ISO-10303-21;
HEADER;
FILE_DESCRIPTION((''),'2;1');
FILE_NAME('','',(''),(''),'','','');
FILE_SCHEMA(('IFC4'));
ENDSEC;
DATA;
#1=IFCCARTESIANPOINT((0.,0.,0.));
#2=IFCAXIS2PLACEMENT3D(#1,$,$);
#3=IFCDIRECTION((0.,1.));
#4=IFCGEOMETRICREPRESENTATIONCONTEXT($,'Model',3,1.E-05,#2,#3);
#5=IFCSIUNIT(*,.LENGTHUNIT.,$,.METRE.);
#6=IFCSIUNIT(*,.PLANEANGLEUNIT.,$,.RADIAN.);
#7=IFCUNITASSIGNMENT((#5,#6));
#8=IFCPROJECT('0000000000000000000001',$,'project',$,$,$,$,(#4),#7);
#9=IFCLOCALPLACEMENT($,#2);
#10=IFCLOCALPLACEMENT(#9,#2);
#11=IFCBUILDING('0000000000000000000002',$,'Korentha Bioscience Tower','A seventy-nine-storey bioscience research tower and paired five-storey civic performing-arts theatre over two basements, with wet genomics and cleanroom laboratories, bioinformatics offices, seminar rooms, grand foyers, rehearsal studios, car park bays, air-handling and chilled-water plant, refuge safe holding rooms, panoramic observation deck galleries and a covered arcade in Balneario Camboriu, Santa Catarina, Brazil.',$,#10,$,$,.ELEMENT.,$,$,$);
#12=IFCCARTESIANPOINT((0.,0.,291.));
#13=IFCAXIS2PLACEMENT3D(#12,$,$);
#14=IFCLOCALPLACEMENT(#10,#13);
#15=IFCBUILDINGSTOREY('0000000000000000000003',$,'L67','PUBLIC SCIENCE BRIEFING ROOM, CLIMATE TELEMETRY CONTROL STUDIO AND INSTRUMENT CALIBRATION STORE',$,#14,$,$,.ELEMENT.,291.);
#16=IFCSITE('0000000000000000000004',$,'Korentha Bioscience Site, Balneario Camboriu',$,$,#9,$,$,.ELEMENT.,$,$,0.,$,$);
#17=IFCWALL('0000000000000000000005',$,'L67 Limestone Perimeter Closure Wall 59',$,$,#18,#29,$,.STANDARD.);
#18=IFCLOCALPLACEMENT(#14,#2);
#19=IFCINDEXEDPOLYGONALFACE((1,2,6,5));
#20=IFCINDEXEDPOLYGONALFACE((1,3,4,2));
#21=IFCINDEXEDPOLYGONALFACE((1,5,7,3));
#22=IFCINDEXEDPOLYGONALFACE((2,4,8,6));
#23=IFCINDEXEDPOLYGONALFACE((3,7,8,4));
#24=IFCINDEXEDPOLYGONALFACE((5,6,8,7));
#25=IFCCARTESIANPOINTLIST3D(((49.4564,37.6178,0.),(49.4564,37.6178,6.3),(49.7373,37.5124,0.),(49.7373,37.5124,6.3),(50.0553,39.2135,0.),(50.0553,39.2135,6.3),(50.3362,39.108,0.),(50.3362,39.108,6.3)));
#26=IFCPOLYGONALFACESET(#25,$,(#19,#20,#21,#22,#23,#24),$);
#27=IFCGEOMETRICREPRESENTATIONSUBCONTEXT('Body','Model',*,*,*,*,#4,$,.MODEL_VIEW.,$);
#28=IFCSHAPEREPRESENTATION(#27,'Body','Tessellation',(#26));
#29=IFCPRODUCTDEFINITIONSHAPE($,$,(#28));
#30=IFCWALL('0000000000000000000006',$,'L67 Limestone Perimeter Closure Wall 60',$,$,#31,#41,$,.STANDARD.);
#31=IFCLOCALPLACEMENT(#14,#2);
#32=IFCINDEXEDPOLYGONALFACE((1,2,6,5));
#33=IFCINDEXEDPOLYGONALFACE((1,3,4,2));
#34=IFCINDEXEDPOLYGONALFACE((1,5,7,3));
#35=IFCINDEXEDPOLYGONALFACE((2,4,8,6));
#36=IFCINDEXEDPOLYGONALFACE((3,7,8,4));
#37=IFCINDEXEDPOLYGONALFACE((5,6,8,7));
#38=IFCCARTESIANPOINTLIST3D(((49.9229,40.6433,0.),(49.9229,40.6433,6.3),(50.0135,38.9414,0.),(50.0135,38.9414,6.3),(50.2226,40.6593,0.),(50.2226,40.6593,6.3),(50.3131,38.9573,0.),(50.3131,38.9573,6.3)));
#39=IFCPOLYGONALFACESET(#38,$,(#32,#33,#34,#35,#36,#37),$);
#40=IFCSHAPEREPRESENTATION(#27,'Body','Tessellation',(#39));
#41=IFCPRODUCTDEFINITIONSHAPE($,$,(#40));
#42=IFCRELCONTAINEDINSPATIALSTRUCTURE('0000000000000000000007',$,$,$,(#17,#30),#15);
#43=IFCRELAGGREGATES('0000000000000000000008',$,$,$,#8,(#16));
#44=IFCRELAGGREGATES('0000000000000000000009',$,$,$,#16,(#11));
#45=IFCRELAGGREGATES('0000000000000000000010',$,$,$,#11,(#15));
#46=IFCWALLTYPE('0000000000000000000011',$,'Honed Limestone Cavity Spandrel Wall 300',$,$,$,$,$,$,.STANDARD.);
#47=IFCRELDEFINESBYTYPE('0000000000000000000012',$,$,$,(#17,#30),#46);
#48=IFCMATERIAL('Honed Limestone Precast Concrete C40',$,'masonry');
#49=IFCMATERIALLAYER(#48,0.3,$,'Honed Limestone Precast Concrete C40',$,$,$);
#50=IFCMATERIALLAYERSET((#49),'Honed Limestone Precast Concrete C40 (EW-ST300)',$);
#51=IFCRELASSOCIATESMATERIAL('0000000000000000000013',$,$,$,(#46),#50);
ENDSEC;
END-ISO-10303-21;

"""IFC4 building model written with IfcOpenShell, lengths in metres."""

from ifc_helpers import new_model, si_unit, direction, frame, frame_2d, origin, place, context, subcontext, project, spatial, rectangle, extrude, material, layer, layer_set, type_object, element, save


model = new_model("IFC4")

# Units and contexts
model_context = context("Model", 3, precision=1e-05, world=origin(), true_north=direction((0.0, 1.0)))
body_context = subcontext(model_context, "Body", "Model", "MODEL_VIEW")
ifc_project = project(units=[si_unit("LENGTHUNIT", "METRE"), si_unit("PLANEANGLEUNIT", "RADIAN")], contexts=[model_context])

# Site, building, storey
site_placement = place(None, origin())
site = spatial("IfcSite", under=ifc_project, at=site_placement, Name="Korentha Bioscience Site, Balneario Camboriu", CompositionType="ELEMENT", RefElevation=0.0)
building_placement = place(site_placement, origin())
building = spatial("IfcBuilding", under=site, at=building_placement, Name="Korentha Bioscience Tower", Description="A seventy-nine-storey bioscience research tower and paired five-storey civic performing-arts theatre over two basements, with wet genomics and cleanroom laboratories, bioinformatics offices, seminar rooms, grand foyers, rehearsal studios, car park bays, air-handling and chilled-water plant, refuge safe holding rooms, panoramic observation deck galleries and a covered arcade in Balneario Camboriu, Santa Catarina, Brazil.", CompositionType="ELEMENT")
storey_placement = place(building_placement, frame((0.0, 0.0, 291.0)))
storey = spatial("IfcBuildingStorey", under=building, at=storey_placement, Name="L67", Description="PUBLIC SCIENCE BRIEFING ROOM, CLIMATE TELEMETRY CONTROL STUDIO AND INSTRUMENT CALIBRATION STORE", CompositionType="ELEMENT", Elevation=291.0)

# Walls
ifc_material_1 = material(Name="Honed Limestone Precast Concrete C40", Category="masonry")
ifc_layer_1 = layer(ifc_material_1, 0.3, Name="Honed Limestone Precast Concrete C40")
ifc_layer_set_1 = layer_set([ifc_layer_1], Name="Honed Limestone Precast Concrete C40 (EW-ST300)")
wall_type_1 = type_object("IfcWallType", Name="Honed Limestone Cavity Spandrel Wall 300", PredefinedType="STANDARD", material=ifc_layer_set_1)
for number, where, z_axis, x_axis, name in (
    (1, (49.5969, 37.5652, 0.0), (0.0, 0.0, 1.0), (0.351375, 0.936235, 0.0), "L67 Limestone Perimeter Closure Wall 59"),
    (2, (50.1633, 38.9495, 0.0), (0.0, 0.0, 1.0), (-0.053145, 0.998587, 0.0), "L67 Limestone Perimeter Closure Wall 60"),
):
    element("IfcWall", number, at=place(storey_placement, frame(where, z_axis=z_axis, x_axis=x_axis)), inside=storey, type_object=wall_type_1, Name=name, PredefinedType="STANDARD", context=body_context, shape_type="SweptSolid", body=[
        extrude(rectangle(XDim=1.7043, YDim=0.3, at=frame_2d((0.8521, 0.0))), origin(), (0.0, 0.0, 1.0), 6.3),
    ])

save(model, "model.ifc")
